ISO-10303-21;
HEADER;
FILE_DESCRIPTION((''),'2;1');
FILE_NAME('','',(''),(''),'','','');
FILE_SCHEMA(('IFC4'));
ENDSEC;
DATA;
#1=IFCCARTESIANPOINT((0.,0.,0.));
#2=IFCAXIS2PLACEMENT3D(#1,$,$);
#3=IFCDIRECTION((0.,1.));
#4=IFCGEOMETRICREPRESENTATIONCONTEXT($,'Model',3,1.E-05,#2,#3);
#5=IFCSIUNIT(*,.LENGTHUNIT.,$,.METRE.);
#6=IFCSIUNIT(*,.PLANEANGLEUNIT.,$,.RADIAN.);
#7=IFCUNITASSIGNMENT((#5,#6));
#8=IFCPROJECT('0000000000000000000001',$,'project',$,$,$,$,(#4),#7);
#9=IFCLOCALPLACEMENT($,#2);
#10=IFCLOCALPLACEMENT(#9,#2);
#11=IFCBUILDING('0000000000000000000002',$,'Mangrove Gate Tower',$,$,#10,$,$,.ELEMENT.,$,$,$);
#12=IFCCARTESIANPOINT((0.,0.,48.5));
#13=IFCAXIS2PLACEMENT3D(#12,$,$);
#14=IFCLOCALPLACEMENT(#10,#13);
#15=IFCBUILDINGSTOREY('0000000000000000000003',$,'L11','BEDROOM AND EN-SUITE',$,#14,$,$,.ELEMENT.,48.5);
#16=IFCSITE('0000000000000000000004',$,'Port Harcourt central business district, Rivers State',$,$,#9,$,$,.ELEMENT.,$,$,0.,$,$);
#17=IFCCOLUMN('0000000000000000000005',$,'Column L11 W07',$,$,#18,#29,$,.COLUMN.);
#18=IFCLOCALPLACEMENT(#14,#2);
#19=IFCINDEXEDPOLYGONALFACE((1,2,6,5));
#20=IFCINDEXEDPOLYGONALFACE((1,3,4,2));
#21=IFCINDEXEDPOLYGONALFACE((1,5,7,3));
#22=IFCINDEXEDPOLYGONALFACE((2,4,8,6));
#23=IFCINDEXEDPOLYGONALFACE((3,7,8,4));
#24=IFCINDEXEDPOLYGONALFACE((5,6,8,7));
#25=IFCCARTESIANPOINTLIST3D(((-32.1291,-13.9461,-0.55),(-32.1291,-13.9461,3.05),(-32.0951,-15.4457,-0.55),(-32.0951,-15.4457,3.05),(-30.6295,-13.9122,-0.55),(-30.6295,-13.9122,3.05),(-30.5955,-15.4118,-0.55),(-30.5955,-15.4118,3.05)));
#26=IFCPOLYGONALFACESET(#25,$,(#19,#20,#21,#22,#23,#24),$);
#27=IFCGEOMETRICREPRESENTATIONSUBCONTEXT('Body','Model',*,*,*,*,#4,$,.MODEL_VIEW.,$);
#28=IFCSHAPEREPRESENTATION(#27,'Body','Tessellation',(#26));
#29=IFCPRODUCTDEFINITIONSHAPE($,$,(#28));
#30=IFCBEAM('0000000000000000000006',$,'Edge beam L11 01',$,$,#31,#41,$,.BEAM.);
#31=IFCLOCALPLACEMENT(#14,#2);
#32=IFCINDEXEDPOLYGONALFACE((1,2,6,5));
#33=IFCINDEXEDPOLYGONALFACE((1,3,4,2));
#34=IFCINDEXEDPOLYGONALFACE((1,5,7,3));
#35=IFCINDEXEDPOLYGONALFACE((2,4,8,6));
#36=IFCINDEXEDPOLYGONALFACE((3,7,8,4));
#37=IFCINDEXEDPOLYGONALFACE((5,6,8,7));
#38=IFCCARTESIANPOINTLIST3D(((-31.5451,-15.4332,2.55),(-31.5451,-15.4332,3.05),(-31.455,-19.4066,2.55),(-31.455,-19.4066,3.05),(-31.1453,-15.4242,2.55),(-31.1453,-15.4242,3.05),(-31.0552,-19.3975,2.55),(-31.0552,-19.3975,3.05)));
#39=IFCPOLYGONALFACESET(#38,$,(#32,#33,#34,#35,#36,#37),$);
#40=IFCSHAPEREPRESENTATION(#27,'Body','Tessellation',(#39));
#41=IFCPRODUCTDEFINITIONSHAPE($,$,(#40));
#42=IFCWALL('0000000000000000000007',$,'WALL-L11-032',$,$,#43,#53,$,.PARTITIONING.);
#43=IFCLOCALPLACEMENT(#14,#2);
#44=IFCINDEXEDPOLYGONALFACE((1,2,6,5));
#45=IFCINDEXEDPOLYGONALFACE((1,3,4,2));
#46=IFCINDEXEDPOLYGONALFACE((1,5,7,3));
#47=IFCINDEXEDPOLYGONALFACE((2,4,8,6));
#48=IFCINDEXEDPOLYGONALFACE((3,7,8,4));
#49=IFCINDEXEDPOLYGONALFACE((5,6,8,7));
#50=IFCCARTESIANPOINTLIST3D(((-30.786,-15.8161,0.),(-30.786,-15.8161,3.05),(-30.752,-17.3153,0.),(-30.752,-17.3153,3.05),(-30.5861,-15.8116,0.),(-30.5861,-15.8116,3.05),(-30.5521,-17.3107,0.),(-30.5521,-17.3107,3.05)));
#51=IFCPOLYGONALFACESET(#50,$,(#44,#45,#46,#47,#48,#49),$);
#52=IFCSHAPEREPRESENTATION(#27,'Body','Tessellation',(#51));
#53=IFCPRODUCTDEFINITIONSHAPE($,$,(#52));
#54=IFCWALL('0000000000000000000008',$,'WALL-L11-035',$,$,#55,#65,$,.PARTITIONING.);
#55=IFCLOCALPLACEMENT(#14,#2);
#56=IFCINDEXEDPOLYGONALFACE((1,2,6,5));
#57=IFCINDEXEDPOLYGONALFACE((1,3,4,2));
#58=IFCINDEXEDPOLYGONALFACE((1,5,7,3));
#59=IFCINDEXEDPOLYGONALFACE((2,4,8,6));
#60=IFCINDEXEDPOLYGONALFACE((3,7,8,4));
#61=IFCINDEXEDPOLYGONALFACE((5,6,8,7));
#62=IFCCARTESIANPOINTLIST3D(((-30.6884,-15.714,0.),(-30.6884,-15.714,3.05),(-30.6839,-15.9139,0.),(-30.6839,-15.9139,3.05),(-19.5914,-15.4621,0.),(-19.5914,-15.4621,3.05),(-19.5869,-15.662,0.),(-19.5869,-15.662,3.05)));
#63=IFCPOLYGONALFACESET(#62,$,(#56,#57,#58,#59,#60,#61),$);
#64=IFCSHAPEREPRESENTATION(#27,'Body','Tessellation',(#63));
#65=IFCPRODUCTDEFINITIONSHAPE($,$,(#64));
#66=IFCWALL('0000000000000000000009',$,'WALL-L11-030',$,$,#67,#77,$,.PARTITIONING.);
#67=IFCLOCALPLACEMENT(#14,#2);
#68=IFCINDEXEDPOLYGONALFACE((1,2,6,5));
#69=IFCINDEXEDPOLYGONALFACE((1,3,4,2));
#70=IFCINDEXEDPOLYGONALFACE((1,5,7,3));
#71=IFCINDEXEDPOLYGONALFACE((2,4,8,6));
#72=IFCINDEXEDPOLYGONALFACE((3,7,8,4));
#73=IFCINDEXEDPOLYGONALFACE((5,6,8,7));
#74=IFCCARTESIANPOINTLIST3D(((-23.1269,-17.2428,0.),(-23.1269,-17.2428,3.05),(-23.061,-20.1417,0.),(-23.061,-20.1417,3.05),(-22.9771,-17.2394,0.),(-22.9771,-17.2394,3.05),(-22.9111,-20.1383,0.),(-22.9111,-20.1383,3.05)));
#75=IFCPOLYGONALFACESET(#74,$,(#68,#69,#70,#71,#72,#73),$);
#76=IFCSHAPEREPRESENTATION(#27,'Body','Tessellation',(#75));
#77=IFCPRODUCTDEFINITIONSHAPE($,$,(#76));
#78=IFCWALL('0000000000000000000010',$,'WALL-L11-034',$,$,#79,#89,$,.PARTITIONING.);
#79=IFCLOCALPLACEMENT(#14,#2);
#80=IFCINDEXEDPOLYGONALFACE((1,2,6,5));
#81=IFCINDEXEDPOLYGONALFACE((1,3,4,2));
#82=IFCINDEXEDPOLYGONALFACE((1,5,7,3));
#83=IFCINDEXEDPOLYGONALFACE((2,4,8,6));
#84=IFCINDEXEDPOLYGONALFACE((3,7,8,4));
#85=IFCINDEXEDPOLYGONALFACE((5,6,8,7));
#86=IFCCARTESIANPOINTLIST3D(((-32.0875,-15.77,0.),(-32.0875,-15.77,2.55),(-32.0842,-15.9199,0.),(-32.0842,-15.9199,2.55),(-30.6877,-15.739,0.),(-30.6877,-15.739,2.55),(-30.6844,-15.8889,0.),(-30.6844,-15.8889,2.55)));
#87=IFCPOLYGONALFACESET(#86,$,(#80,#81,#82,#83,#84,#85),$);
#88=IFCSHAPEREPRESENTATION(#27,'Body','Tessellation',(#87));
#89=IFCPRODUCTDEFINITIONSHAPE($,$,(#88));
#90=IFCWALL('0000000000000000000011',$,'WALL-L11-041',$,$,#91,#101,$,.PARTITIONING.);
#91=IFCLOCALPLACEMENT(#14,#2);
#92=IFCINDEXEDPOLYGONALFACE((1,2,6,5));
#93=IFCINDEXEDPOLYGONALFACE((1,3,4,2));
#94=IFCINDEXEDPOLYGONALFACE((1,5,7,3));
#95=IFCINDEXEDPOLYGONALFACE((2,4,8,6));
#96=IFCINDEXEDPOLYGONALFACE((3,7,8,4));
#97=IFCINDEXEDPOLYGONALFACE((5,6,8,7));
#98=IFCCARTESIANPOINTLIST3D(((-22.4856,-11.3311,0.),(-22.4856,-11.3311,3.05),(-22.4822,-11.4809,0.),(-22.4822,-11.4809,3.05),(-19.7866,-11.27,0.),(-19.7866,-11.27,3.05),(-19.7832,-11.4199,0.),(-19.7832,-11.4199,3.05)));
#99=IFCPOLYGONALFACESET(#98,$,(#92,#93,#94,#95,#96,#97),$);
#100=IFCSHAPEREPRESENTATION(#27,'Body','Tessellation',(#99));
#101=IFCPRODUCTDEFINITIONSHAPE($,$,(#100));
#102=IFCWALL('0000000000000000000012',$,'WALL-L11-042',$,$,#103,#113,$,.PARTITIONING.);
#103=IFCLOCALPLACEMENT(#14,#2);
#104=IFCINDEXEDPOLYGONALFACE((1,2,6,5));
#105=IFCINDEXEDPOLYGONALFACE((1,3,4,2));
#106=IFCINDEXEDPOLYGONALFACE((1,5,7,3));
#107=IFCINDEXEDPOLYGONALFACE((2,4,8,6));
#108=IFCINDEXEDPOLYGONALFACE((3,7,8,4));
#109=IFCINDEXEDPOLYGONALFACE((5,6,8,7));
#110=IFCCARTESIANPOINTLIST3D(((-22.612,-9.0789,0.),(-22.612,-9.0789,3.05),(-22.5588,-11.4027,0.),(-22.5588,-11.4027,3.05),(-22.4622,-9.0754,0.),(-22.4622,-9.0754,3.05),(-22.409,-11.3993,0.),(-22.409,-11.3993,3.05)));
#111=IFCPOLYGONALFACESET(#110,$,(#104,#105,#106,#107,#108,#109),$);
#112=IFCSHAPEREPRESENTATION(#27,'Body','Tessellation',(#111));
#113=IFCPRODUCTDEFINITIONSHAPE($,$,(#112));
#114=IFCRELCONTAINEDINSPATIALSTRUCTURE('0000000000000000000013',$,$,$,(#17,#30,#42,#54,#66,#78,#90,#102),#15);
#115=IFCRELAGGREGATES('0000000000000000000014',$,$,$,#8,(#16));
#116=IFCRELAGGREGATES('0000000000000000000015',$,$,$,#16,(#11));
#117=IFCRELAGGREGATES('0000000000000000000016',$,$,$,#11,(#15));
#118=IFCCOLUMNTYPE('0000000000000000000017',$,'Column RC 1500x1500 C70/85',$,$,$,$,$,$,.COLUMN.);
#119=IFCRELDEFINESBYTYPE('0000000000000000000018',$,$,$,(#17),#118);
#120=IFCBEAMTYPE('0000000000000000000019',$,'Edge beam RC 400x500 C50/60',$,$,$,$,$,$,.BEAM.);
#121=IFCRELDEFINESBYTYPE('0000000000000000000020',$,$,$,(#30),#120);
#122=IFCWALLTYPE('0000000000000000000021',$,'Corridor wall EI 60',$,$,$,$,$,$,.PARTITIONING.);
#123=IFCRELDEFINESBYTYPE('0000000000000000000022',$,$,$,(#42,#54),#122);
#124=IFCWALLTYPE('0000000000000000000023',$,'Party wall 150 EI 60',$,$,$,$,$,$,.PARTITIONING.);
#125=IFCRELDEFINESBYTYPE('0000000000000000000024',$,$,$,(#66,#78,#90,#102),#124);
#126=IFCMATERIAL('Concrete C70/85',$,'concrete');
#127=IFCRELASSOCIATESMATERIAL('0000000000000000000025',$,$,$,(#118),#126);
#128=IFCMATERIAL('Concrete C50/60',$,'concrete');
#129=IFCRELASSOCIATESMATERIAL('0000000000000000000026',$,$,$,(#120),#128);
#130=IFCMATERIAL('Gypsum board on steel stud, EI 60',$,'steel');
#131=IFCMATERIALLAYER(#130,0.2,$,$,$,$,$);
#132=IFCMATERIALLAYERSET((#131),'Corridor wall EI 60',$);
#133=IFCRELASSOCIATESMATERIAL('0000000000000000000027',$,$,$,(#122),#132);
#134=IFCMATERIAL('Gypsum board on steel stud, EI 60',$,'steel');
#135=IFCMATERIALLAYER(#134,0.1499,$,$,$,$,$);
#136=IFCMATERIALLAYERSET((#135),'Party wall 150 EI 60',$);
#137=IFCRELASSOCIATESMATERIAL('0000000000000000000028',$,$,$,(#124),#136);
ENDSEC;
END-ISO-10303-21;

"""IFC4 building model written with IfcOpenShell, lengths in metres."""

from ifc_helpers import new_model, si_unit, direction, frame, frame_2d, origin, origin_2d, place, context, subcontext, project, spatial, rectangle, extrude, material, layer, layer_set, material_profile, profile_set, type_object, element, save


model = new_model("IFC4")

# Units and contexts
model_context = context("Model", 3, precision=1e-05, world=origin(), true_north=direction((0.0, 1.0)))
body_context = subcontext(model_context, "Body", "Model", "MODEL_VIEW")
ifc_project = project(units=[si_unit("LENGTHUNIT", "METRE"), si_unit("PLANEANGLEUNIT", "RADIAN")], contexts=[model_context])

# Site, building, storey
site_placement = place(None, origin())
site = spatial("IfcSite", under=ifc_project, at=site_placement, Name="Port Harcourt central business district, Rivers State", CompositionType="ELEMENT", RefElevation=0.0)
building_placement = place(site_placement, origin())
building = spatial("IfcBuilding", under=site, at=building_placement, Name="Mangrove Gate Tower", CompositionType="ELEMENT")
storey_placement = place(building_placement, frame((0.0, 0.0, 48.5)))
storey = spatial("IfcBuildingStorey", under=building, at=storey_placement, Name="L11", Description="BEDROOM AND EN-SUITE", CompositionType="ELEMENT", Elevation=48.5)

# Column
ifc_material_1 = material(Name="Concrete C70/85", Category="concrete")
ifc_material_profile_1 = material_profile(ifc_material_1, rectangle(XDim=1.5, YDim=1.5, at=origin_2d()))
ifc_profile_set_1 = profile_set([ifc_material_profile_1], Name="Concrete C70/85")
column_type = type_object("IfcColumnType", Name="Column RC 1500x1500 C70/85", PredefinedType="COLUMN", material=ifc_profile_set_1)
column_placement = place(storey_placement, frame((-31.3623, -14.679, -0.55), z_axis=(0.0, 0.0, 1.0), x_axis=(0.022649, -0.999743, 0.0)))
element("IfcColumn", 1, at=column_placement, inside=storey, type_object=column_type, Name="Column L11 W07", PredefinedType="COLUMN", context=body_context, shape_type="SweptSolid", body=[
    extrude(rectangle(XDim=1.5, YDim=1.5, at=origin_2d()), origin(), (0.0, 0.0, 1.0), 3.6001),
])

# Beam
ifc_material_2 = material(Name="Concrete C50/60", Category="concrete")
ifc_material_profile_2 = material_profile(ifc_material_2, rectangle(XDim=0.3999, YDim=0.5, at=origin_2d()))
ifc_profile_set_2 = profile_set([ifc_material_profile_2], Name="Concrete C50/60")
beam_type = type_object("IfcBeamType", Name="Edge beam RC 400x500 C50/60", PredefinedType="BEAM", material=ifc_profile_set_2)
beam_placement = place(storey_placement, frame((-31.3452, -15.4287, 2.8), z_axis=(0.022667, -0.999743, 0.0), x_axis=(0.999743, 0.022667, 0.0)))
element("IfcBeam", 2, at=beam_placement, inside=storey, type_object=beam_type, Name="Edge beam L11 01", PredefinedType="BEAM", context=body_context, shape_type="SweptSolid", body=[
    extrude(rectangle(XDim=0.3999, YDim=0.5, at=origin_2d()), origin(), (0.0, 0.0, 1.0), 3.9744),
])

# Shared definitions
ifc_material_3 = material(Name="Gypsum board on steel stud, EI 60", Category="steel")
ifc_layer_1 = layer(ifc_material_3, 0.2)
ifc_layer_set_1 = layer_set([ifc_layer_1], Name="Corridor wall EI 60")
wall_type_1 = type_object("IfcWallType", Name="Corridor wall EI 60", PredefinedType="PARTITIONING", material=ifc_layer_set_1)

# Walls
wall_1_placement = place(storey_placement, frame((-30.6521, -17.313, 0.0), z_axis=(0.0, 0.0, 1.0), x_axis=(-0.022633, 0.999744, 0.0)))
element("IfcWall", 3, at=wall_1_placement, inside=storey, type_object=wall_type_1, Name="WALL-L11-032", PredefinedType="PARTITIONING", context=body_context, shape_type="SweptSolid", body=[
    extrude(rectangle(XDim=1.4995, YDim=0.2, at=frame_2d((0.7498, 0.0))), origin(), (0.0, 0.0, 1.0), 3.05),
])
wall_2_placement = place(storey_placement, frame((-30.686, -15.814, 0.0), z_axis=(0.0, 0.0, 1.0), x_axis=(0.999742, 0.022699, 0.0)))
element("IfcWall", 4, at=wall_2_placement, inside=storey, type_object=wall_type_1, Name="WALL-L11-035", PredefinedType="PARTITIONING", context=body_context, shape_type="SweptSolid", body=[
    extrude(rectangle(XDim=11.0999, YDim=0.2, at=frame_2d((5.5498, 0.0))), origin(), (0.0, 0.0, 1.0), 3.05),
])
ifc_material_4 = material(Name="Gypsum board on steel stud, EI 60", Category="steel")
ifc_layer_2 = layer(ifc_material_4, 0.1499)
ifc_layer_set_2 = layer_set([ifc_layer_2], Name="Party wall 150 EI 60")
wall_type_2 = type_object("IfcWallType", Name="Party wall 150 EI 60", PredefinedType="PARTITIONING", material=ifc_layer_set_2)
wall_3_placement = place(storey_placement, frame((-22.9861, -20.1399, 0.0), z_axis=(0.0, 0.0, 1.0), x_axis=(-0.022733, 0.999742, 0.0)))
element("IfcWall", 5, at=wall_3_placement, inside=storey, type_object=wall_type_2, Name="WALL-L11-030", PredefinedType="PARTITIONING", context=body_context, shape_type="SweptSolid", body=[
    extrude(rectangle(XDim=2.8997, YDim=0.1499, at=frame_2d((1.4497, 0.0))), origin(), (0.0, 0.0, 1.0), 3.05),
])
wall_4_placement = place(storey_placement, frame((-32.0859, -15.845, 0.0), z_axis=(0.0, 0.0, 1.0), x_axis=(0.999755, 0.022143, 0.0)))
element("IfcWall", 6, at=wall_4_placement, inside=storey, type_object=wall_type_2, Name="WALL-L11-034", PredefinedType="PARTITIONING", context=body_context, shape_type="SweptSolid", body=[
    extrude(rectangle(XDim=1.4001, YDim=0.1499, at=frame_2d((0.7002, 0.0))), origin(), (0.0, 0.0, 1.0), 2.55),
])
wall_5_placement = place(storey_placement, frame((-22.4839, -11.406, 0.0), z_axis=(0.0, 0.0, 1.0), x_axis=(0.999744, 0.022608, 0.0)))
element("IfcWall", 7, at=wall_5_placement, inside=storey, type_object=wall_type_2, Name="WALL-L11-041", PredefinedType="PARTITIONING", context=body_context, shape_type="SweptSolid", body=[
    extrude(rectangle(XDim=2.6997, YDim=0.1499, at=frame_2d((1.3499, 0.0))), origin(), (0.0, 0.0, 1.0), 3.05),
])
wall_6_placement = place(storey_placement, frame((-22.4839, -11.4009, 0.0), z_axis=(0.0, 0.0, 1.0), x_axis=(-0.022896, 0.999738, 0.0)))
element("IfcWall", 8, at=wall_6_placement, inside=storey, type_object=wall_type_2, Name="WALL-L11-042", PredefinedType="PARTITIONING", context=body_context, shape_type="SweptSolid", body=[
    extrude(rectangle(XDim=2.3245, YDim=0.1499, at=frame_2d((1.1621, 0.0))), origin(), (0.0, 0.0, 1.0), 3.05),
])

save(model, "model.ifc")
